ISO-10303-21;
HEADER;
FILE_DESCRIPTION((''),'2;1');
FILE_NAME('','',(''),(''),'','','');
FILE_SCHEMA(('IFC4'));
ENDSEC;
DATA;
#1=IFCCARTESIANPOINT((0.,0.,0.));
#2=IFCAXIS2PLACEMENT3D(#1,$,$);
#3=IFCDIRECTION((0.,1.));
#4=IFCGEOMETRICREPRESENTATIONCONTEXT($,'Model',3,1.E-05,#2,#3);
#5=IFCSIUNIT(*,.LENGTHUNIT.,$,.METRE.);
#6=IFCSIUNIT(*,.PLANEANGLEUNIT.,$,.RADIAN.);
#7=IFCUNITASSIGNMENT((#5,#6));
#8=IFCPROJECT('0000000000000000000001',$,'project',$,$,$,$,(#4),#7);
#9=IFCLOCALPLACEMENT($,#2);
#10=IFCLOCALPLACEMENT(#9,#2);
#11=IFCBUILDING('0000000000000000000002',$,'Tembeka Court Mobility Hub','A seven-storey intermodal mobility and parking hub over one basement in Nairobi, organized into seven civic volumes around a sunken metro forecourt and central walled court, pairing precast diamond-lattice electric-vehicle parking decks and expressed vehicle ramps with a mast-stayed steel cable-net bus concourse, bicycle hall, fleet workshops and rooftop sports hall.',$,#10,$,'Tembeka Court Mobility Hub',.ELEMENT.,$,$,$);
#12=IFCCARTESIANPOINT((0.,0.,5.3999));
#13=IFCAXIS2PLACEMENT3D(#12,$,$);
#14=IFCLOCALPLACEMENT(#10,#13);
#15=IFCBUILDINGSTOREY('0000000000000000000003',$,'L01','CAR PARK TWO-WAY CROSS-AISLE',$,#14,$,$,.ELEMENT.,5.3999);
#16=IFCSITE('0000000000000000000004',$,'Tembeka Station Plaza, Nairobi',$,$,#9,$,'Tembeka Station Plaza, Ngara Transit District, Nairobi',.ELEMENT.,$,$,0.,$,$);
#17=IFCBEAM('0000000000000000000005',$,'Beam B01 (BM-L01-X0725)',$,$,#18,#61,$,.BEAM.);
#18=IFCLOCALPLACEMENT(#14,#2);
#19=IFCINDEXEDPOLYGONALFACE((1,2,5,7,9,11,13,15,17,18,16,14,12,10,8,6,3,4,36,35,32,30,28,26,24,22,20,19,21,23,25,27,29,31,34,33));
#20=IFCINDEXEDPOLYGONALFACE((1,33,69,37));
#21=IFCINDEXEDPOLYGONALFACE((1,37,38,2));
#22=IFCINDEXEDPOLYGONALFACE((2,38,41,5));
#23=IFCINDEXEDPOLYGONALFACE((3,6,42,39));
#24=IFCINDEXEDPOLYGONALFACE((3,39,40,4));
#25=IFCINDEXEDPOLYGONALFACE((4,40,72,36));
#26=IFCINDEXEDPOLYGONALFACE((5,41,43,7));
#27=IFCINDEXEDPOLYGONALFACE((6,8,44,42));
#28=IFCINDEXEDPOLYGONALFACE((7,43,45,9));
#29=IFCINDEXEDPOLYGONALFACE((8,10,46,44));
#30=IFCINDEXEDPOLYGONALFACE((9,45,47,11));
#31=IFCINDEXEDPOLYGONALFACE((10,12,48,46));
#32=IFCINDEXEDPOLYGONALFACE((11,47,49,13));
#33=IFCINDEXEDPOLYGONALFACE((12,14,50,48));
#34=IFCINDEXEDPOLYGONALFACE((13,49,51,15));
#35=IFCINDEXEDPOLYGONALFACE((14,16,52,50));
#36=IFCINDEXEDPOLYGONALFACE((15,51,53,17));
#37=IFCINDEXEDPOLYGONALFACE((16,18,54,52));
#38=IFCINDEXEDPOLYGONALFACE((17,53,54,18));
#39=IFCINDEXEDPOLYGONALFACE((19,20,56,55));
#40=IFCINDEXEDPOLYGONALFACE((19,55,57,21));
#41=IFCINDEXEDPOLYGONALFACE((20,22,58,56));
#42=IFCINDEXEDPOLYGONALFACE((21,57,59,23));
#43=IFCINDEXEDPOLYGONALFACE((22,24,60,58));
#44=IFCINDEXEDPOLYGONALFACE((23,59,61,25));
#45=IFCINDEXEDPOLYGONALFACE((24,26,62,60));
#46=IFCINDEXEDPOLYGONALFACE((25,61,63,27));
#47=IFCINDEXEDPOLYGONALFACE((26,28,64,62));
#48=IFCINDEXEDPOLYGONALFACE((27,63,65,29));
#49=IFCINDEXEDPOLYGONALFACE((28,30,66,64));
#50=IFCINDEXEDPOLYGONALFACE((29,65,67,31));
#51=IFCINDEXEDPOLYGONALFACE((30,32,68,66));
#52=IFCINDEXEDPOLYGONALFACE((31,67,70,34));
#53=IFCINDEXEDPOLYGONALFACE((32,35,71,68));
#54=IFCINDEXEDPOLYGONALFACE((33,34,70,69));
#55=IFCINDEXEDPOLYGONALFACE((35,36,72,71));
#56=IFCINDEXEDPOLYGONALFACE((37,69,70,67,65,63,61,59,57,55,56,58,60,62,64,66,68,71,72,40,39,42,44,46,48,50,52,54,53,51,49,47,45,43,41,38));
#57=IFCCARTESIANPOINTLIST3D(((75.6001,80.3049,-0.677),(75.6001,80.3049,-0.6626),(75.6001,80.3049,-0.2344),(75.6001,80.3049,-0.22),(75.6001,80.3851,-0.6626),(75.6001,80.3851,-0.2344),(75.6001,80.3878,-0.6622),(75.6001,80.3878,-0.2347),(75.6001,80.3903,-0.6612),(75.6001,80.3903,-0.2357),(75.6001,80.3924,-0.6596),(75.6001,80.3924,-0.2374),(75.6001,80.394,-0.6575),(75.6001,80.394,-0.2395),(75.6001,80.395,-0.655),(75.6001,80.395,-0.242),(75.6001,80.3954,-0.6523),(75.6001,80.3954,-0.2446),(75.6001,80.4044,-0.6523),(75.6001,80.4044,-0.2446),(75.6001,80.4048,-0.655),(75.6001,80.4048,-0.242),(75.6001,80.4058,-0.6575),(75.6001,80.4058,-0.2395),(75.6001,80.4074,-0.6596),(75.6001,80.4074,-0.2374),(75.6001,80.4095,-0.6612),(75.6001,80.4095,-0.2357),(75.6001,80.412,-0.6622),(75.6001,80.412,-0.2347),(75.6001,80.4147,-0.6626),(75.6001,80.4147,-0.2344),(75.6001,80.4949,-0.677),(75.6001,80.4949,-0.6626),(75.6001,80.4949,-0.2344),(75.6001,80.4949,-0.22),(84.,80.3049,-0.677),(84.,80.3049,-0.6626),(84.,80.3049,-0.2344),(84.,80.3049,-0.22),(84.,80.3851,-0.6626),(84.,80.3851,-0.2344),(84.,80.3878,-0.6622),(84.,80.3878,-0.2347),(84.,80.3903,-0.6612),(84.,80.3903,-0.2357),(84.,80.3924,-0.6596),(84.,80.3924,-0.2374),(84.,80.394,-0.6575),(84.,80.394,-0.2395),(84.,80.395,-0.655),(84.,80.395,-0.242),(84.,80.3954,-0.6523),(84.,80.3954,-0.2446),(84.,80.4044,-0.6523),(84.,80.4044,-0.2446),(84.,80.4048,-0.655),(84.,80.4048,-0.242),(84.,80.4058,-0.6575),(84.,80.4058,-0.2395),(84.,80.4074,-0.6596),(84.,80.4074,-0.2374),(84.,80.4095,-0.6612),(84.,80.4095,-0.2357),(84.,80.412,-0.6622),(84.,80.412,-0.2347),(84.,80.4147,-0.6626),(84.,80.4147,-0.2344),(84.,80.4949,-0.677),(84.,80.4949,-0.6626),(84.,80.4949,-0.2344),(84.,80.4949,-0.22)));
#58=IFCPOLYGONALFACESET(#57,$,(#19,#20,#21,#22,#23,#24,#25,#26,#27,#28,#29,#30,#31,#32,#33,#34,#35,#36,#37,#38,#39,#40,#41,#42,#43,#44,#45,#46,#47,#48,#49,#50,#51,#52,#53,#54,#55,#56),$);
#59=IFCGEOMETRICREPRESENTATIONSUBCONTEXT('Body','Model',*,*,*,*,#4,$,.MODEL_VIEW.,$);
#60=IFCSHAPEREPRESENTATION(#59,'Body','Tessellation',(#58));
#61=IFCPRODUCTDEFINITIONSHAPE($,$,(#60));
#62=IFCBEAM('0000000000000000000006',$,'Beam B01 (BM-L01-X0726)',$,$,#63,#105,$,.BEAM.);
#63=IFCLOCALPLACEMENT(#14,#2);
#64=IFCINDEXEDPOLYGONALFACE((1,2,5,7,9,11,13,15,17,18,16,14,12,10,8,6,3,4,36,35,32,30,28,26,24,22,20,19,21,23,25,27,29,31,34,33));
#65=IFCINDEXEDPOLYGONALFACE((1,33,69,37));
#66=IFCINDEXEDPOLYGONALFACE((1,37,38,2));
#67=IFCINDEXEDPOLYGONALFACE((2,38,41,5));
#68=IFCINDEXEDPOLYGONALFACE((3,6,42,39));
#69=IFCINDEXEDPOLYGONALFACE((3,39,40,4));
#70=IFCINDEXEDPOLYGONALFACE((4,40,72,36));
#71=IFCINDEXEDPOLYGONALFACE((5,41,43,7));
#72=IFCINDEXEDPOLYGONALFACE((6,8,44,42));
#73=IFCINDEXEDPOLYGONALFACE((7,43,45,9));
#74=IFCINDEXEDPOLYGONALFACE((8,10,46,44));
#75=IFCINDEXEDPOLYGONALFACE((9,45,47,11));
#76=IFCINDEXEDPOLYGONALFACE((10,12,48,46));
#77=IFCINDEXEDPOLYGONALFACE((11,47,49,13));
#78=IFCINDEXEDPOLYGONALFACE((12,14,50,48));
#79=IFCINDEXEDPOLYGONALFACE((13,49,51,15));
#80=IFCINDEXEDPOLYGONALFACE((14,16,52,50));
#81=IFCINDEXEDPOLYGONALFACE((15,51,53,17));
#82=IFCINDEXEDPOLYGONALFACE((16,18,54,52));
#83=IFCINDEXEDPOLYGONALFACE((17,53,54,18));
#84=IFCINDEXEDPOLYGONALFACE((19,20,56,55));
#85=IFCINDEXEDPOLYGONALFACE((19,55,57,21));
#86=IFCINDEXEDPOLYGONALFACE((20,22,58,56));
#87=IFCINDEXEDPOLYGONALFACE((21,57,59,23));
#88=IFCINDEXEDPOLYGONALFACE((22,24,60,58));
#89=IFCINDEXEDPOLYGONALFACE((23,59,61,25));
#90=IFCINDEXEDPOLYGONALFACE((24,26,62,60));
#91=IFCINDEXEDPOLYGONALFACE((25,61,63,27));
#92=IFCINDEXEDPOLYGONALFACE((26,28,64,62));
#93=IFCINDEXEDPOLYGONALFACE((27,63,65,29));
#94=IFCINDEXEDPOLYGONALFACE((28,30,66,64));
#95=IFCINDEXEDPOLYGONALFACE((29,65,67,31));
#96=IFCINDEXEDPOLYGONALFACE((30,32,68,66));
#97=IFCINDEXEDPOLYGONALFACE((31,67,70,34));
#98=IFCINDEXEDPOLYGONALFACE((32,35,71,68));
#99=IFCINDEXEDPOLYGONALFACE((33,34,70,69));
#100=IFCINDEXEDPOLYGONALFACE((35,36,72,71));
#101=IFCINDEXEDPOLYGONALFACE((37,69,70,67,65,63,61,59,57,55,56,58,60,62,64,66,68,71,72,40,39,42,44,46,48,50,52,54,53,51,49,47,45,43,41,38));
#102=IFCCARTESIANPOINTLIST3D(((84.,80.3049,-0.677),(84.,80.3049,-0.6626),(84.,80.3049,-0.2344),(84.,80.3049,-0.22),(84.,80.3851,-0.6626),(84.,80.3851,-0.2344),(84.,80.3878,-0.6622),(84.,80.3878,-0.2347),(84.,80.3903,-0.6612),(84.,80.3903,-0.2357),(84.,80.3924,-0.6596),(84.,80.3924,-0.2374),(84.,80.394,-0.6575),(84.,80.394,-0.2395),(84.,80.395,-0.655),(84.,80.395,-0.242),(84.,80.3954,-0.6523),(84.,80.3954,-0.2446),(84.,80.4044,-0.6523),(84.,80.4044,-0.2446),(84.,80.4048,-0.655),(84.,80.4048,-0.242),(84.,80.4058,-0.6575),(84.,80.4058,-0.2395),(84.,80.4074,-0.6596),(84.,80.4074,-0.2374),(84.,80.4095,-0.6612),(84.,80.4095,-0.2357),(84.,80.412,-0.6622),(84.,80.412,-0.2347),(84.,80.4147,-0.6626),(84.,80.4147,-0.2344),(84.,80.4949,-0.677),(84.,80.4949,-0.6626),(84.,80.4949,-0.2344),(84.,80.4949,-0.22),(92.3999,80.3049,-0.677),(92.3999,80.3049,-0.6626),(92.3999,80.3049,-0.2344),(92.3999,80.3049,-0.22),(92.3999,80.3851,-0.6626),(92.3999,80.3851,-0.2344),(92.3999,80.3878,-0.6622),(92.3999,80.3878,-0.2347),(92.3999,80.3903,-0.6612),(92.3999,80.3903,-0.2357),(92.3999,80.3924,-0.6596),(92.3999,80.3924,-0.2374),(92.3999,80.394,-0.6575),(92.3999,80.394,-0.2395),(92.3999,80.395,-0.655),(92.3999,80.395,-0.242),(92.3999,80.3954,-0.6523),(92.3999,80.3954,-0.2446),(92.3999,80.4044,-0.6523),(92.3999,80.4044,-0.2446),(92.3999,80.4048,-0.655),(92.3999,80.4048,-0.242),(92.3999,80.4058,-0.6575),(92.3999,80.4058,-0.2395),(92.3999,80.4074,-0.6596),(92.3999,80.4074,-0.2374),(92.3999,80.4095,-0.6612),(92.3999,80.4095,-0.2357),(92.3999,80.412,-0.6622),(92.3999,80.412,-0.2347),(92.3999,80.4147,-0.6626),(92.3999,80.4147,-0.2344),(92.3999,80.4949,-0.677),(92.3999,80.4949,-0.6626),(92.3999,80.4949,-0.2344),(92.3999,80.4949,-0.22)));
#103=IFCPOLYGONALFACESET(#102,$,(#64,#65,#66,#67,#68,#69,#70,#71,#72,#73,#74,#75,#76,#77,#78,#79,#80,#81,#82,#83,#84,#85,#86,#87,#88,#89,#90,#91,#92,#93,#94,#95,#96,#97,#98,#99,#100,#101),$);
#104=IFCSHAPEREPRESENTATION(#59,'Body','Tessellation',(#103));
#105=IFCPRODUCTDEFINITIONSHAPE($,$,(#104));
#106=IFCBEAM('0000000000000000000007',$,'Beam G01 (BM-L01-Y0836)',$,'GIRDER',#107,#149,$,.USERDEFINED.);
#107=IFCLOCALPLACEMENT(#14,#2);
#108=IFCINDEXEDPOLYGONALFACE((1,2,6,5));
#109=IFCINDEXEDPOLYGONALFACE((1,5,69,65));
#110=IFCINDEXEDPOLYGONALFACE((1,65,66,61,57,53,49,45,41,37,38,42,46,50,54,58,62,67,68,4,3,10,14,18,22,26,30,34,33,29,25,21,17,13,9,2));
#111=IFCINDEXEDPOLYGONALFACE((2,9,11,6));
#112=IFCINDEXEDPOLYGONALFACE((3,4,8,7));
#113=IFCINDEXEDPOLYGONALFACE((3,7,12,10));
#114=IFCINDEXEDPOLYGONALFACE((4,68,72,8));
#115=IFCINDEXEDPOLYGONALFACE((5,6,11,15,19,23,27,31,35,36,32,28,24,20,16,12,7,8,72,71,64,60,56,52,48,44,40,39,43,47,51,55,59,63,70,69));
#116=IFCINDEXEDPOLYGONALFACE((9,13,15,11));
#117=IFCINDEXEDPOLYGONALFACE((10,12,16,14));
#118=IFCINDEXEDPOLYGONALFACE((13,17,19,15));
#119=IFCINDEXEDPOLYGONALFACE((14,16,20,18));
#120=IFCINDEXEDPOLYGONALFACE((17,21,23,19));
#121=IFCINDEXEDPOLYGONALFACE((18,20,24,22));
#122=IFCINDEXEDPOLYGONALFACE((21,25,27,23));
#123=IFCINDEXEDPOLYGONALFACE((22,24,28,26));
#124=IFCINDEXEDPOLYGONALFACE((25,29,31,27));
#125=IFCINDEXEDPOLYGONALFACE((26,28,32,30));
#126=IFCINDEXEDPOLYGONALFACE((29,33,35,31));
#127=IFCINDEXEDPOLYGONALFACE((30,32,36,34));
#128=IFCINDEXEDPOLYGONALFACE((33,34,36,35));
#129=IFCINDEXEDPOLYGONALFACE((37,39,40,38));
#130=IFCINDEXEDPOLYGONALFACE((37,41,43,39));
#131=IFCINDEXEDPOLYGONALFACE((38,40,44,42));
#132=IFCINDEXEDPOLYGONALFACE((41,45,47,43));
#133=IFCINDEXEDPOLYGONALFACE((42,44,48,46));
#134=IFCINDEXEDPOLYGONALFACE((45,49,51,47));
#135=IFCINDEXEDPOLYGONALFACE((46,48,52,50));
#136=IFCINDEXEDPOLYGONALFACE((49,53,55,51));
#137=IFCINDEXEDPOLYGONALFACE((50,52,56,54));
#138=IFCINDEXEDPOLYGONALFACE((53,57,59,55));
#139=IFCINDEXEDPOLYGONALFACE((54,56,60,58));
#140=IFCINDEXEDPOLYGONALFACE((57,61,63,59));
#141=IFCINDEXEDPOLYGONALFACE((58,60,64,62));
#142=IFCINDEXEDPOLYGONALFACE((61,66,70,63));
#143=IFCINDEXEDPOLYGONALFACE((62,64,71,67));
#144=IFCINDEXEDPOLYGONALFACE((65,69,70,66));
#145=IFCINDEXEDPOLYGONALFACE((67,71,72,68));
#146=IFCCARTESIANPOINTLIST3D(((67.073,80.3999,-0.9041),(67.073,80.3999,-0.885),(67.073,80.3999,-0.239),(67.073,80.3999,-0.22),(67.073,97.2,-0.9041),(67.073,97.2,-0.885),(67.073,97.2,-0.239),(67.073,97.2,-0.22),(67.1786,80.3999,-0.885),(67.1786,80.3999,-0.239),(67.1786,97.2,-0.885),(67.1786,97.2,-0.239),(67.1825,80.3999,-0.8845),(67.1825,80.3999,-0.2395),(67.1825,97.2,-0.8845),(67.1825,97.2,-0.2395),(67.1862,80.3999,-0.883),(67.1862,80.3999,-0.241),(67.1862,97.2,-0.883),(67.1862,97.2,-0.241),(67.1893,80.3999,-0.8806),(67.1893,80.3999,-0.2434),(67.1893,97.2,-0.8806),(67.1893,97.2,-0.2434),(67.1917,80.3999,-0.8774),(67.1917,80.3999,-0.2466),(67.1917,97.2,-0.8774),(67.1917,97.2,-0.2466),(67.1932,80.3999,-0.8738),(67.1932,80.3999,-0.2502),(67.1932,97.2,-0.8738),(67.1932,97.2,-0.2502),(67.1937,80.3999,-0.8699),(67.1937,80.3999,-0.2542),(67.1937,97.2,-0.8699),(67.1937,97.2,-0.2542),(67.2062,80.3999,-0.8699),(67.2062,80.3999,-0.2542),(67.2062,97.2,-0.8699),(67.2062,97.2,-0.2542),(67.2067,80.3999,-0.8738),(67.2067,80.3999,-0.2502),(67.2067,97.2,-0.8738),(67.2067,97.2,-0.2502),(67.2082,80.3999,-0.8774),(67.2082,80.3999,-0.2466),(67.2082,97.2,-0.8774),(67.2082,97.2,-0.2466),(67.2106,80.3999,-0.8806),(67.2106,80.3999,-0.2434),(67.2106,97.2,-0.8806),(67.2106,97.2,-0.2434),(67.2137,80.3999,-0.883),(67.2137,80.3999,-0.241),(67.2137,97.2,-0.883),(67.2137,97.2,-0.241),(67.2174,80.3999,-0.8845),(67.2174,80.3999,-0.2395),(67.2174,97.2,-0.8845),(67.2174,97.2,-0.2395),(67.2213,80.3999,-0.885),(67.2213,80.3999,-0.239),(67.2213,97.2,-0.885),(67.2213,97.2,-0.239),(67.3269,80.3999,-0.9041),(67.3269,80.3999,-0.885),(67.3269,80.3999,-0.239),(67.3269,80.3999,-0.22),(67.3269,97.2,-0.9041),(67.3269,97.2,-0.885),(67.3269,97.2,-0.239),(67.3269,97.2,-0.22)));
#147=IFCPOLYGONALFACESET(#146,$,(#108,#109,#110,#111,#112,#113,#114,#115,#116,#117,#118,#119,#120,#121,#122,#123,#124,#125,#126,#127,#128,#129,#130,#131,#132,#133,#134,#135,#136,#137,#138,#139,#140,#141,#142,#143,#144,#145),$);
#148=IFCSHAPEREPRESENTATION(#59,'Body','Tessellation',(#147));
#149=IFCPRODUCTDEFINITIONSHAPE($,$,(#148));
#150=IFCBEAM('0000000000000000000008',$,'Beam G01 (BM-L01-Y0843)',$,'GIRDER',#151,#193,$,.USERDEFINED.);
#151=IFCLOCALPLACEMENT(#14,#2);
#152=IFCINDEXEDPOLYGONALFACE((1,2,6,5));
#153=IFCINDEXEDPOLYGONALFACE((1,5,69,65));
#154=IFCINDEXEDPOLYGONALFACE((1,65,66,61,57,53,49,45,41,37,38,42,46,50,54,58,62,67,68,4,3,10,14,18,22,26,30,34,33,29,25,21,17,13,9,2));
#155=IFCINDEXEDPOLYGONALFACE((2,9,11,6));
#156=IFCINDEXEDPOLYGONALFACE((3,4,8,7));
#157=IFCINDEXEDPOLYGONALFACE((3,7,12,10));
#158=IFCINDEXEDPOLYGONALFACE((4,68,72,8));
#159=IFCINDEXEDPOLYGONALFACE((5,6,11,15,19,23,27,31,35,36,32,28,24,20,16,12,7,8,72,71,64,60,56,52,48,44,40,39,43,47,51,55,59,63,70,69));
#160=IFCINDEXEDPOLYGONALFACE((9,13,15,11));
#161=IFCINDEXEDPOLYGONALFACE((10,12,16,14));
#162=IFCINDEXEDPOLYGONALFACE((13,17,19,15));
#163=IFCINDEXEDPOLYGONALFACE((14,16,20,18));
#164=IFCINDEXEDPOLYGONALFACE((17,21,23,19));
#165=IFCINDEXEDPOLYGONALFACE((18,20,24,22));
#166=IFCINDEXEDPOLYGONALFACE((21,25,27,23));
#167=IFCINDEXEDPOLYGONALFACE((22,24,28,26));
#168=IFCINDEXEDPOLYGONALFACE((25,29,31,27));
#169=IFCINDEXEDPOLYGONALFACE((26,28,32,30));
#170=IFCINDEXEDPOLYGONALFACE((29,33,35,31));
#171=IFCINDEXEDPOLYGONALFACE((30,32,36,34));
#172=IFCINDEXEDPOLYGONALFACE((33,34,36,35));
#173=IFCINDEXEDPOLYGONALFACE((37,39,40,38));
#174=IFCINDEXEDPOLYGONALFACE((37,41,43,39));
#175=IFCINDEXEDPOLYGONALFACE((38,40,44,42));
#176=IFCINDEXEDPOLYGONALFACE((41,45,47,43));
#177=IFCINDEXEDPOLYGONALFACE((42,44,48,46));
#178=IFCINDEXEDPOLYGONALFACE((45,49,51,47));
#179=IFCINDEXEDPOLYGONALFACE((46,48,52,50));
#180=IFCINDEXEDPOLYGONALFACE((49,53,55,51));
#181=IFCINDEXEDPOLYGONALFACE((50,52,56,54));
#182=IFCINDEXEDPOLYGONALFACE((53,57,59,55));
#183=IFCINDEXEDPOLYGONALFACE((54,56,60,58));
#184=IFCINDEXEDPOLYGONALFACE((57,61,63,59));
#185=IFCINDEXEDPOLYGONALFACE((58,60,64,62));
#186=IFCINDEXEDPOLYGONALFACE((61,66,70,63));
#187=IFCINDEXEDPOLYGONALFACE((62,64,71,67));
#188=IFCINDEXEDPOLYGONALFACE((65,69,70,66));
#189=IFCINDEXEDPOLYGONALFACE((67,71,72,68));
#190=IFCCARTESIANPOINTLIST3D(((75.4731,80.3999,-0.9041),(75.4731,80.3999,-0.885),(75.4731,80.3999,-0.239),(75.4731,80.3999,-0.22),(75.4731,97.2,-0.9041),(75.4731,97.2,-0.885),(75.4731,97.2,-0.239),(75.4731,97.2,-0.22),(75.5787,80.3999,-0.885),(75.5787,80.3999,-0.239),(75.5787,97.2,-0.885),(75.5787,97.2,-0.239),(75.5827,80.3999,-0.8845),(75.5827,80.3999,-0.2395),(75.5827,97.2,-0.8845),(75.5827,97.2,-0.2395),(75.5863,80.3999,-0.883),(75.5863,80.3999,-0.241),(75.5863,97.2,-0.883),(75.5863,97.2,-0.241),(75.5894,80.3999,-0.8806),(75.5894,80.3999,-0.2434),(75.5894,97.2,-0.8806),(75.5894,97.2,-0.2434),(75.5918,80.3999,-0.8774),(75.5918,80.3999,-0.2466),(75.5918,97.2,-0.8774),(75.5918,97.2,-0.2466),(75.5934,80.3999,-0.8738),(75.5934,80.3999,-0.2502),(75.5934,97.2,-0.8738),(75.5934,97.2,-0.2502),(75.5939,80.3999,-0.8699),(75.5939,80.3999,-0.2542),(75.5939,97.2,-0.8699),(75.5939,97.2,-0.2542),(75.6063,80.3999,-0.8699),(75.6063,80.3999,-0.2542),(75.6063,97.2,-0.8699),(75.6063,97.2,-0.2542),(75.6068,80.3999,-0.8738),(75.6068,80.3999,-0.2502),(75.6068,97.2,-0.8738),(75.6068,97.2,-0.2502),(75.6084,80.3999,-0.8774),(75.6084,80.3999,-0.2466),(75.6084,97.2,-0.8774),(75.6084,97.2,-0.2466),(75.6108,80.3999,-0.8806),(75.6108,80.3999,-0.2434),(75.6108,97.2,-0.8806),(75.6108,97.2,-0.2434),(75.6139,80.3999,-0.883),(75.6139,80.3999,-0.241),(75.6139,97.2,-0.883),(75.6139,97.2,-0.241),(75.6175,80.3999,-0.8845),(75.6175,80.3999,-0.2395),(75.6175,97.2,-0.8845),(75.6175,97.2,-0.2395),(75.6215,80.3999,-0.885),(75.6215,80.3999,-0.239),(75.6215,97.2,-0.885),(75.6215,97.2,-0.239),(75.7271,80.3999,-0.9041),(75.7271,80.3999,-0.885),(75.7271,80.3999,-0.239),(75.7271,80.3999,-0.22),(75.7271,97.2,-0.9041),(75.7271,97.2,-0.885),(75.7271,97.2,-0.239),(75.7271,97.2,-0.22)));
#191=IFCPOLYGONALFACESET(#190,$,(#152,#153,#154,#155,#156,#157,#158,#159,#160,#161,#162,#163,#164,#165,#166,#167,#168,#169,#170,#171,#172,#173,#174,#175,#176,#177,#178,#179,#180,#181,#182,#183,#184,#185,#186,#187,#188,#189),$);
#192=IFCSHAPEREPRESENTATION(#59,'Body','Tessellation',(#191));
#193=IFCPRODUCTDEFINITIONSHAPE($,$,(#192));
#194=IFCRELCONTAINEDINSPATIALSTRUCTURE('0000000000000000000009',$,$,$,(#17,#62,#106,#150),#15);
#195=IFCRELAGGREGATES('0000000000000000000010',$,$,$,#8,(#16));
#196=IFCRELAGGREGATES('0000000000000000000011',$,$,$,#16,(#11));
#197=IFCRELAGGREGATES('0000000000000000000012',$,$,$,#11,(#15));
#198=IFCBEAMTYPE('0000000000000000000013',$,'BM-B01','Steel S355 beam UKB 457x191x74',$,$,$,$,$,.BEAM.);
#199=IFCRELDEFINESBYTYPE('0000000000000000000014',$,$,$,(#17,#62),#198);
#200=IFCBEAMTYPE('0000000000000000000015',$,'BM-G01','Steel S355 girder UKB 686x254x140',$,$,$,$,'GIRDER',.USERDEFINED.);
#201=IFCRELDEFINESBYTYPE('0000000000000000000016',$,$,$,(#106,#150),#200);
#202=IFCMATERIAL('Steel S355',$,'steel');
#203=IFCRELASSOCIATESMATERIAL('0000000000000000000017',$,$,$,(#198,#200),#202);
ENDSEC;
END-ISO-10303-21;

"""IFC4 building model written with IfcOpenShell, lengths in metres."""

from ifc_helpers import new_model, si_unit, direction, frame, origin, origin_2d, place, context, subcontext, project, spatial, i_section, extrude, material, material_profile, profile_set, type_object, element, save


model = new_model("IFC4")

# Units and contexts
model_context = context("Model", 3, precision=1e-05, world=origin(), true_north=direction((0.0, 1.0)))
body_context = subcontext(model_context, "Body", "Model", "MODEL_VIEW")
ifc_project = project(units=[si_unit("LENGTHUNIT", "METRE"), si_unit("PLANEANGLEUNIT", "RADIAN")], contexts=[model_context])

# Site, building, storey
site_placement = place(None, origin())
site = spatial("IfcSite", under=ifc_project, at=site_placement, Name="Tembeka Station Plaza, Nairobi", LongName="Tembeka Station Plaza, Ngara Transit District, Nairobi", CompositionType="ELEMENT", RefElevation=0.0)
building_placement = place(site_placement, origin())
building = spatial("IfcBuilding", under=site, at=building_placement, Name="Tembeka Court Mobility Hub", Description="A seven-storey intermodal mobility and parking hub over one basement in Nairobi, organized into seven civic volumes around a sunken metro forecourt and central walled court, pairing precast diamond-lattice electric-vehicle parking decks and expressed vehicle ramps with a mast-stayed steel cable-net bus concourse, bicycle hall, fleet workshops and rooftop sports hall.", LongName="Tembeka Court Mobility Hub", CompositionType="ELEMENT")
storey_placement = place(building_placement, frame((0.0, 0.0, 5.3999)))
storey = spatial("IfcBuildingStorey", under=building, at=storey_placement, Name="L01", Description="CAR PARK TWO-WAY CROSS-AISLE", CompositionType="ELEMENT", Elevation=5.3999)

# Shared definitions
ifc_material = material(Name="Steel S355", Category="steel")

# Beams
ifc_material_profile_1 = material_profile(ifc_material, i_section(OverallWidth=0.1899, OverallDepth=0.457, WebThickness=0.009, FlangeThickness=0.0144, FilletRadius=0.0103, at=origin_2d()), Name="UKB 457x191x74")
ifc_profile_set_1 = profile_set([ifc_material_profile_1], Name="Steel S355")
beam_type_1 = type_object("IfcBeamType", Name="BM-B01", Description="Steel S355 beam UKB 457x191x74", PredefinedType="BEAM", material=ifc_profile_set_1)
for number, where, z_axis, x_axis, name in (
    (1, (75.6001, 80.3999, -0.4485), (1.0, 0.0, 0.0), (0.0, 1.0, 0.0), "Beam B01 (BM-L01-X0725)"),
    (2, (84.0, 80.3999, -0.4485), (1.0, 0.0, 0.0), (0.0, 1.0, 0.0), "Beam B01 (BM-L01-X0726)"),
):
    element("IfcBeam", number, at=place(storey_placement, frame(where, z_axis=z_axis, x_axis=x_axis)), inside=storey, type_object=beam_type_1, Name=name, PredefinedType="BEAM", context=body_context, shape_type="SweptSolid", body=[
        extrude(i_section(OverallWidth=0.1899, OverallDepth=0.457, WebThickness=0.009, FlangeThickness=0.0144, FilletRadius=0.0103, at=origin_2d()), origin(), (0.0, 0.0, 1.0), 8.3999),
    ])
ifc_material_profile_2 = material_profile(ifc_material, i_section(OverallWidth=0.2539, OverallDepth=0.6841, WebThickness=0.0125, FlangeThickness=0.019, FilletRadius=0.0151, at=origin_2d()), Name="UKB 686x254x140")
ifc_profile_set_2 = profile_set([ifc_material_profile_2], Name="Steel S355")
beam_type_2 = type_object("IfcBeamType", Name="BM-G01", Description="Steel S355 girder UKB 686x254x140", ElementType="GIRDER", PredefinedType="USERDEFINED", material=ifc_profile_set_2)
for number, where, z_axis, x_axis, name in (
    (3, (67.2, 80.3999, -0.562), (0.0, 1.0, 0.0), (-1.0, 0.0, 0.0), "Beam G01 (BM-L01-Y0836)"),
    (4, (75.6001, 80.3999, -0.562), (0.0, 1.0, 0.0), (-1.0, 0.0, 0.0), "Beam G01 (BM-L01-Y0843)"),
):
    element("IfcBeam", number, at=place(storey_placement, frame(where, z_axis=z_axis, x_axis=x_axis)), inside=storey, type_object=beam_type_2, Name=name, ObjectType="GIRDER", PredefinedType="USERDEFINED", context=body_context, shape_type="SweptSolid", body=[
        extrude(i_section(OverallWidth=0.2539, OverallDepth=0.6841, WebThickness=0.0125, FlangeThickness=0.019, FilletRadius=0.0151, at=origin_2d()), origin(), (0.0, 0.0, 1.0), 16.8),
    ])

save(model, "model.ifc")
